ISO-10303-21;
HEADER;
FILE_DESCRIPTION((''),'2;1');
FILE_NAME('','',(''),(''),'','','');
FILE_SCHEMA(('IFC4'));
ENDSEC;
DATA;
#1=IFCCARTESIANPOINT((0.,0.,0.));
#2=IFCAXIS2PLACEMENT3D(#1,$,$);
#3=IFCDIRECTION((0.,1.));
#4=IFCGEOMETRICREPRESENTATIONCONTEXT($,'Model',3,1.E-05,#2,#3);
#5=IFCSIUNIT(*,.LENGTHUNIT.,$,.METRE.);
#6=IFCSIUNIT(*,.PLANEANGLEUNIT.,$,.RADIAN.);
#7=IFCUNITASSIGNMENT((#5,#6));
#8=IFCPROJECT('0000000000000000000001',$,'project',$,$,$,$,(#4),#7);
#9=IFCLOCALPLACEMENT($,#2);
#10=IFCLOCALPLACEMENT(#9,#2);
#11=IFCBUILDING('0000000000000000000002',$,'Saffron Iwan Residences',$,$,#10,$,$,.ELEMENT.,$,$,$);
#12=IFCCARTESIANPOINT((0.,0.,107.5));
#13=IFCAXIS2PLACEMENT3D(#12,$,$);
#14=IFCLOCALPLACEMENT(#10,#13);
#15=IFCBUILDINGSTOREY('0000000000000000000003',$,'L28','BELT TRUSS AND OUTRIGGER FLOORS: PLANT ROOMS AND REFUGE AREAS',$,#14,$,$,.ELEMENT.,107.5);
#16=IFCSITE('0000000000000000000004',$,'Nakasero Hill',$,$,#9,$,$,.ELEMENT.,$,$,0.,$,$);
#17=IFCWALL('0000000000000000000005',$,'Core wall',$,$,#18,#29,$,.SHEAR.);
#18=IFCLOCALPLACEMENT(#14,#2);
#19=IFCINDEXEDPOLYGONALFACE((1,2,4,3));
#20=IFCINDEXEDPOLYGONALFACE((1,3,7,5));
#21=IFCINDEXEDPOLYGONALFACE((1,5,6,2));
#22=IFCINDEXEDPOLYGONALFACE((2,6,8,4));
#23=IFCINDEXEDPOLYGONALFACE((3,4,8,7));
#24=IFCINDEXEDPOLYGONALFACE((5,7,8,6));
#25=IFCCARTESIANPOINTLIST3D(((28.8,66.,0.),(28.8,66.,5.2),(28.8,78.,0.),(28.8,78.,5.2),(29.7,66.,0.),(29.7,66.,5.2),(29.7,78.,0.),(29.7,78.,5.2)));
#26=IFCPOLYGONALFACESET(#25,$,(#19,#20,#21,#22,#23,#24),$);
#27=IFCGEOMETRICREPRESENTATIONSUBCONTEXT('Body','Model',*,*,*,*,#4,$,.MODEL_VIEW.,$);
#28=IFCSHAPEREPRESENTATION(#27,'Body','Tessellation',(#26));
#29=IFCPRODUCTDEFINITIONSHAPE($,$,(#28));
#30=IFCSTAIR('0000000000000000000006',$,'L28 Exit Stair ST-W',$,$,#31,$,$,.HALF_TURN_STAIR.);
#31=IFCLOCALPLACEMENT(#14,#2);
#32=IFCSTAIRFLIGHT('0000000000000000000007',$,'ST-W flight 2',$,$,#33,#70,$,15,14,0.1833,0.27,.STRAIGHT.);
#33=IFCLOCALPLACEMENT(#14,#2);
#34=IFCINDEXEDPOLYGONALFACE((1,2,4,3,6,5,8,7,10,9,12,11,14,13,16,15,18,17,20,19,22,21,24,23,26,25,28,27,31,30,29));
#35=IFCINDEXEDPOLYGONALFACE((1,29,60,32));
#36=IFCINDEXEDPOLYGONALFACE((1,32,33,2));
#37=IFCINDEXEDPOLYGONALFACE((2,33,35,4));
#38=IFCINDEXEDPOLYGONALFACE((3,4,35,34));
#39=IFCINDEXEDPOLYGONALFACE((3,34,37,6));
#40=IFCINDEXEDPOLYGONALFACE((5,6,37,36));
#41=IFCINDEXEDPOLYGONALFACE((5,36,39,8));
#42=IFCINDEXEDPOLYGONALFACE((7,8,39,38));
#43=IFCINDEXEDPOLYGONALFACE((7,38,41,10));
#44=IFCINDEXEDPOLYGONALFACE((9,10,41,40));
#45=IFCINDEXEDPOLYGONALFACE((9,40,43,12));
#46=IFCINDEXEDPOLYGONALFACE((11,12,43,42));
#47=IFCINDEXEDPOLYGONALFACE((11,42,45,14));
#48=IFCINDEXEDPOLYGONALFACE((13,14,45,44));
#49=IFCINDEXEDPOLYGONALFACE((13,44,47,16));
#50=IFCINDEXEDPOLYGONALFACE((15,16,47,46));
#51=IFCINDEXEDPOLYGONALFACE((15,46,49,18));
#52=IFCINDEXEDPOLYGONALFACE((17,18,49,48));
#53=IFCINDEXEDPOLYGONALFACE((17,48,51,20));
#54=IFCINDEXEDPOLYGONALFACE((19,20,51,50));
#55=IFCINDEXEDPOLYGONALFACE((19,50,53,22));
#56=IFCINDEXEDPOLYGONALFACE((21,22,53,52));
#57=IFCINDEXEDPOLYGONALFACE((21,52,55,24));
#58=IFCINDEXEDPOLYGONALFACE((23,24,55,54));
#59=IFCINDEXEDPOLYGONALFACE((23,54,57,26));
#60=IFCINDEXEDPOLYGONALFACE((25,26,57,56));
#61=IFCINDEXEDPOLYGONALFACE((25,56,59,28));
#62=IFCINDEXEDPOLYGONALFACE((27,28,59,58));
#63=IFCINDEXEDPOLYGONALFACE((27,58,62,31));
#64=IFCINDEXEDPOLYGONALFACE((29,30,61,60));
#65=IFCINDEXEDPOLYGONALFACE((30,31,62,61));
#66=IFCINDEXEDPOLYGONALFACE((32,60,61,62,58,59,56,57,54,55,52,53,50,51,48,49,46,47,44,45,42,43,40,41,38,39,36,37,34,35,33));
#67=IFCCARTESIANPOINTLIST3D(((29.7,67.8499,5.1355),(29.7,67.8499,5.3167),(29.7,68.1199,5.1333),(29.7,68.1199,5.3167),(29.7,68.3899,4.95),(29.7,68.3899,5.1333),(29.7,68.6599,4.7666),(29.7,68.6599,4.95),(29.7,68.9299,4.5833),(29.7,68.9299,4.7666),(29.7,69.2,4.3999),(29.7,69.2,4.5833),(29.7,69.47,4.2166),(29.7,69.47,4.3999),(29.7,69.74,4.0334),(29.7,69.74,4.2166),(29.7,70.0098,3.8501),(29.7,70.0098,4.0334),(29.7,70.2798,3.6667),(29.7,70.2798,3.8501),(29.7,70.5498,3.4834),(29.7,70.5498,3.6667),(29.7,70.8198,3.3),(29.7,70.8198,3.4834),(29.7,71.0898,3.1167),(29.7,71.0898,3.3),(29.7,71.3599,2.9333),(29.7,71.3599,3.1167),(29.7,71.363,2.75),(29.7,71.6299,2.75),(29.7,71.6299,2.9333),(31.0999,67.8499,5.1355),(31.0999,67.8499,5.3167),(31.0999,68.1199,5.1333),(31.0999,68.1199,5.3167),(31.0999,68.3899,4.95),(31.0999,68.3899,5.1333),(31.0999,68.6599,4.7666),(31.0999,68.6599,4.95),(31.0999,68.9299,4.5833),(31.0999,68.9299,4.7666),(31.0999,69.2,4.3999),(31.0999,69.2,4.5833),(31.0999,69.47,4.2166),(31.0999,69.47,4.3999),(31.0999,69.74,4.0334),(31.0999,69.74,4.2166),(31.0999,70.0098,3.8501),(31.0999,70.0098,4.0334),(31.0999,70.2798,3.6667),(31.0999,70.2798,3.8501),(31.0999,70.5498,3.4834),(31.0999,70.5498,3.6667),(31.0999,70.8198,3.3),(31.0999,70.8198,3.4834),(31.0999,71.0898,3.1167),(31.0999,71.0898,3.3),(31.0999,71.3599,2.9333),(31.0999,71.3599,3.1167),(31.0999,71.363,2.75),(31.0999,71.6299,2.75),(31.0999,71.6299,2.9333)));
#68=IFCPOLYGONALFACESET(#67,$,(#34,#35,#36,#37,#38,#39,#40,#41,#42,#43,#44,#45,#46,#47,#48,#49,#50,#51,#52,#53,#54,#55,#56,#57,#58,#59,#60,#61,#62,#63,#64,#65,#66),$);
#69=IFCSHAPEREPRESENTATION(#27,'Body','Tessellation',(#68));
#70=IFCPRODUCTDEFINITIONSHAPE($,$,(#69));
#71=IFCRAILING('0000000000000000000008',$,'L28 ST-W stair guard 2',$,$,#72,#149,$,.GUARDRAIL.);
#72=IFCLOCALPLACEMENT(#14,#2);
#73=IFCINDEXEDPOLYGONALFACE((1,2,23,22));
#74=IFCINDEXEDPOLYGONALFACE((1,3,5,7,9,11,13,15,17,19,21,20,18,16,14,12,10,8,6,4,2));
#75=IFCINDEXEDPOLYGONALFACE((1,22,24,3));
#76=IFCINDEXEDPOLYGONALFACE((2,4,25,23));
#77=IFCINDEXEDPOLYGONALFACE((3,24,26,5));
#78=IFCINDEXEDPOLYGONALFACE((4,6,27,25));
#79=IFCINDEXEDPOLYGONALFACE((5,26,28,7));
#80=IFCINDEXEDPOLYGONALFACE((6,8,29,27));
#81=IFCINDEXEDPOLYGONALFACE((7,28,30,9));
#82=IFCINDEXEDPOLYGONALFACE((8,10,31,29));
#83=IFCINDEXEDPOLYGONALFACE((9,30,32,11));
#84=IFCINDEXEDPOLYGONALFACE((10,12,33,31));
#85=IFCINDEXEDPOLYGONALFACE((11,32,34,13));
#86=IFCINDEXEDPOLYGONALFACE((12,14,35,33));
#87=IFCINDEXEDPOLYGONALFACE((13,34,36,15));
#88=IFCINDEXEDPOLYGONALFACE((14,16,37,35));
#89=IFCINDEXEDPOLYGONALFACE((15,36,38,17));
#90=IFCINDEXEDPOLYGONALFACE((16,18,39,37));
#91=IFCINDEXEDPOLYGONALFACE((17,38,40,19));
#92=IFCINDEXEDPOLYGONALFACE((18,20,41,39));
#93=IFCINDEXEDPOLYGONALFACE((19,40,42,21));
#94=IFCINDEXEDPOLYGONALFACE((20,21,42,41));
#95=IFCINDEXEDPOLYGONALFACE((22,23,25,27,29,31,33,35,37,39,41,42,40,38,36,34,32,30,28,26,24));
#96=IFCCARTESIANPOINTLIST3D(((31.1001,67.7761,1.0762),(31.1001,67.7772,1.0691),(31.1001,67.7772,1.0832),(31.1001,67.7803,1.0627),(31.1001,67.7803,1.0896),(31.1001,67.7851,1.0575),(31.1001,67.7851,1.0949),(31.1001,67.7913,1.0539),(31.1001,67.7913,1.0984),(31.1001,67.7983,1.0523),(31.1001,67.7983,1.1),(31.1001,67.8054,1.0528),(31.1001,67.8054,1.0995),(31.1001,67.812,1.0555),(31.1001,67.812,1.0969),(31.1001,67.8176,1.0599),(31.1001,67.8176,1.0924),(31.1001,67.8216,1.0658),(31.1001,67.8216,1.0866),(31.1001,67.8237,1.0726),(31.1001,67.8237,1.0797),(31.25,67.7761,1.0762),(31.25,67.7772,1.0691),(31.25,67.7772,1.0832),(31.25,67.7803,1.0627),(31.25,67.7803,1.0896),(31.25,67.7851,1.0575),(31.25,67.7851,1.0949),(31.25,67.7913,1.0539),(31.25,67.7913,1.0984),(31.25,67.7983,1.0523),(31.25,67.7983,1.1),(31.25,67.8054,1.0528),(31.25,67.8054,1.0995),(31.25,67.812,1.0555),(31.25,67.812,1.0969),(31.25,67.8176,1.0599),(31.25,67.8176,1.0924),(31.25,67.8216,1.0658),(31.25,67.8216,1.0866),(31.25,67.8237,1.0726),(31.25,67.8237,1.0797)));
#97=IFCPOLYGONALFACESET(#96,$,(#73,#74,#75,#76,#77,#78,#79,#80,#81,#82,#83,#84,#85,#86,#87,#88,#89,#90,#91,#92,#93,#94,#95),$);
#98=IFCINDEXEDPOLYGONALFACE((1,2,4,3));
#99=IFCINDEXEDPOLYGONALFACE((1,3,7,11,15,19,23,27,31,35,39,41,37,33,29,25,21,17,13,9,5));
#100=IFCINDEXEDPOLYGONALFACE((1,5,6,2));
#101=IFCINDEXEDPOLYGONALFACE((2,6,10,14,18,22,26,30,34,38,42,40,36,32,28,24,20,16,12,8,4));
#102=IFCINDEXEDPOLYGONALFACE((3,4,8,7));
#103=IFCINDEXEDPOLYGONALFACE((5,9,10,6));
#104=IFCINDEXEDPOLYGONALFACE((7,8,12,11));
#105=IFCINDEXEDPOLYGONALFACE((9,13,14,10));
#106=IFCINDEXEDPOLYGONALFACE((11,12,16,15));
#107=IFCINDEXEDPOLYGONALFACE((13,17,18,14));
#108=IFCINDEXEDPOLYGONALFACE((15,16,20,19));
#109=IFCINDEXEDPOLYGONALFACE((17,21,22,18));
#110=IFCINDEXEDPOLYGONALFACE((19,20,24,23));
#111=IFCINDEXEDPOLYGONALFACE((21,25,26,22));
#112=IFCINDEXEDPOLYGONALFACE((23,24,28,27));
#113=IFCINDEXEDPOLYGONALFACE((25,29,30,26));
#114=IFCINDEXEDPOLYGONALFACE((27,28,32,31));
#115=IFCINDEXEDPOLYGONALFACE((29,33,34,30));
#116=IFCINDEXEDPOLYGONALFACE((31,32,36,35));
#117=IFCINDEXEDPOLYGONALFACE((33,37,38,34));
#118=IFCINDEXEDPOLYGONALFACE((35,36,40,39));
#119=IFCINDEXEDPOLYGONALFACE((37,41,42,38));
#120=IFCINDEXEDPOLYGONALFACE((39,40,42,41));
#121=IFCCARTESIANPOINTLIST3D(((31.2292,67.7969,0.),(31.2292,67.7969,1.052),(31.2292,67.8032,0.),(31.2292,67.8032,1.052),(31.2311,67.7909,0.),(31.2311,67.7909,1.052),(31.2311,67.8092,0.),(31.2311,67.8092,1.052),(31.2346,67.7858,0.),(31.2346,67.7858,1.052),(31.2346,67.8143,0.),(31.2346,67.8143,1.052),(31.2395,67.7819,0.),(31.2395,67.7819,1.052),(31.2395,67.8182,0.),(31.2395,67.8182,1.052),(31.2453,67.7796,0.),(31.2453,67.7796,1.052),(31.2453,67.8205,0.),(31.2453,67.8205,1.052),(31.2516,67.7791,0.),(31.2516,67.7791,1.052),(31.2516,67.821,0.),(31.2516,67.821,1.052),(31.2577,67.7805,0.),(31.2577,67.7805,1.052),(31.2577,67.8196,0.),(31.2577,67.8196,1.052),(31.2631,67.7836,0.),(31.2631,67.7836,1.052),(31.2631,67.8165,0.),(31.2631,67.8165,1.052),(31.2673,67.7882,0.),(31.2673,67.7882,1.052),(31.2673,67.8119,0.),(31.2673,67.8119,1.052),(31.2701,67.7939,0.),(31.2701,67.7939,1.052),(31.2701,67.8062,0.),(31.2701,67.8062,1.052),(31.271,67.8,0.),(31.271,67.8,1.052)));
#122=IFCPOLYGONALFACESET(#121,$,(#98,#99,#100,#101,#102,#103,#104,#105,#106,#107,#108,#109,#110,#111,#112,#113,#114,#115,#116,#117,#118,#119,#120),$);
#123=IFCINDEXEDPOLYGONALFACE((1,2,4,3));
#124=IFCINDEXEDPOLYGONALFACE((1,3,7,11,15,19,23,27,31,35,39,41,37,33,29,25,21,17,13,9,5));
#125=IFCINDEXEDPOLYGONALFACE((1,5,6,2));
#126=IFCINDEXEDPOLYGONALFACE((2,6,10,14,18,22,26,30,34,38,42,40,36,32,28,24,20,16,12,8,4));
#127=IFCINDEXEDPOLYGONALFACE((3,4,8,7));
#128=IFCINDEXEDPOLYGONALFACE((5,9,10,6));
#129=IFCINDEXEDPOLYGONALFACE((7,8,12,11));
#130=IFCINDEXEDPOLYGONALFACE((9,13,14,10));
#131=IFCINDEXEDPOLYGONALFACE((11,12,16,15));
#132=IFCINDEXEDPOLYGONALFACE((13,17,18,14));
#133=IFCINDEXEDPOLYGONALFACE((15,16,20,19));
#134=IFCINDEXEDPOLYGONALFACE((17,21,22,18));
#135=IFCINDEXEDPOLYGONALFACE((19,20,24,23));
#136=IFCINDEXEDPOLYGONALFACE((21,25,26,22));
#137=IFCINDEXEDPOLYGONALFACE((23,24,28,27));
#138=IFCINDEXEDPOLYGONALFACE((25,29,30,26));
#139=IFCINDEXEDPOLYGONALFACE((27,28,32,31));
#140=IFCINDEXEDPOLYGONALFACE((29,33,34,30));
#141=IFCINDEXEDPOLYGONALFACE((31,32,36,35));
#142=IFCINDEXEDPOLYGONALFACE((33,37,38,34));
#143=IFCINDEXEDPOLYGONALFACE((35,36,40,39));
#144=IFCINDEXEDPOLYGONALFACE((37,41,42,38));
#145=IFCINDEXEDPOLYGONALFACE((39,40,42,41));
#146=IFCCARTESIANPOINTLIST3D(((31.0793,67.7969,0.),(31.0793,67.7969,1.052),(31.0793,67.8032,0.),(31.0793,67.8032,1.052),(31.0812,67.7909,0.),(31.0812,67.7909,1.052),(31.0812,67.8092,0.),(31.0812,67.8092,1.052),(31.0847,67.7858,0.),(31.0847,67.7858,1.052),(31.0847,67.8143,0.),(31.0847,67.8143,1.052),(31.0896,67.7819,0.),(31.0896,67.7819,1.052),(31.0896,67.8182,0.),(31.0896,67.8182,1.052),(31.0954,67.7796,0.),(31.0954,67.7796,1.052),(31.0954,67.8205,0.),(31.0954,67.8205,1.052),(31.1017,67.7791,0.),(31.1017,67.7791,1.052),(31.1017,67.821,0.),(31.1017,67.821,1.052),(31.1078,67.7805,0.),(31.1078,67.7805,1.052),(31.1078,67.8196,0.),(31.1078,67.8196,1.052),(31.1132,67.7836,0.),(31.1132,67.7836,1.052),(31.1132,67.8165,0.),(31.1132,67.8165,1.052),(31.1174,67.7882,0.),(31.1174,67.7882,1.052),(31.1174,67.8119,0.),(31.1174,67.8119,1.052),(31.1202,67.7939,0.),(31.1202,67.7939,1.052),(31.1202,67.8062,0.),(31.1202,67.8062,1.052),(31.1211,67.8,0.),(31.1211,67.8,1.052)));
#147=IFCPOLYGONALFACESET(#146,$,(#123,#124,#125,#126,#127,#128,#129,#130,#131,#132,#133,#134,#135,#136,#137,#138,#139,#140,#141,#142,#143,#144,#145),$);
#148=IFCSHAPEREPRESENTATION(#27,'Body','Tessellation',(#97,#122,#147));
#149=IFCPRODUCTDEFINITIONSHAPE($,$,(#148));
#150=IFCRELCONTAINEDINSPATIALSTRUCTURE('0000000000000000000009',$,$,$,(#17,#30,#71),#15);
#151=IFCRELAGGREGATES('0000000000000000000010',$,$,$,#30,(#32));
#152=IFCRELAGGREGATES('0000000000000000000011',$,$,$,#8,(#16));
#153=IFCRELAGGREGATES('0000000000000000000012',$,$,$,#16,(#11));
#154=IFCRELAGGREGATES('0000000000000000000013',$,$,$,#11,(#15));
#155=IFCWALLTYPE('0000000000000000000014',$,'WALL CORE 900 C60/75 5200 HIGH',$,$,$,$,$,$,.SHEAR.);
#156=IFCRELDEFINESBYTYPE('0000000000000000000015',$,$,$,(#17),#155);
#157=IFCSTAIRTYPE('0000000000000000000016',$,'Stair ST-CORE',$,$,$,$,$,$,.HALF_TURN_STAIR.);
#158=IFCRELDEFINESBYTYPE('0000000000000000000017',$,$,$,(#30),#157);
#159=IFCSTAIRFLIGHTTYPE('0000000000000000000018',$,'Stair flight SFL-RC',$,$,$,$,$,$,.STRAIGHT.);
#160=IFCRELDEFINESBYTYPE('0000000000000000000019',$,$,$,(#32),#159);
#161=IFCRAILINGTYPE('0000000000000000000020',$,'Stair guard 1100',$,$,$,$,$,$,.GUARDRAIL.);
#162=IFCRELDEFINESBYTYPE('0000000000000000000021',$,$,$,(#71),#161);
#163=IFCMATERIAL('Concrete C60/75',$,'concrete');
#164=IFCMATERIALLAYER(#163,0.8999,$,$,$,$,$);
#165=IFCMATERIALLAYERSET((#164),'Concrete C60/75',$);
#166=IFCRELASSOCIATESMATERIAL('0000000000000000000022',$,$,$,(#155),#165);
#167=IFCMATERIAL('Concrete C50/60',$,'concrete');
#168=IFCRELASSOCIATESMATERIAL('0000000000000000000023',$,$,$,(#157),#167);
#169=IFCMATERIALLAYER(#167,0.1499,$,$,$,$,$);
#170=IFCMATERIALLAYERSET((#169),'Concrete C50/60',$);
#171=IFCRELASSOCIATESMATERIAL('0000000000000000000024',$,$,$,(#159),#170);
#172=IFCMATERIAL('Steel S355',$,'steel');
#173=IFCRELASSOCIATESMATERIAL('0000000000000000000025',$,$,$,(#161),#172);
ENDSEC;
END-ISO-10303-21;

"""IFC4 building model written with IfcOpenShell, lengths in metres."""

from ifc_helpers import new_model, si_unit, direction, frame, frame_2d, origin, origin_2d, place, context, subcontext, project, spatial, polyline, rectangle, circle, outline, extrude, material, layer, layer_set, type_object, element, aggregate, save


model = new_model("IFC4")

# Units and contexts
model_context = context("Model", 3, precision=1e-05, world=origin(), true_north=direction((0.0, 1.0)))
body_context = subcontext(model_context, "Body", "Model", "MODEL_VIEW")
ifc_project = project(units=[si_unit("LENGTHUNIT", "METRE"), si_unit("PLANEANGLEUNIT", "RADIAN")], contexts=[model_context])

# Site, building, storey
site_placement = place(None, origin())
site = spatial("IfcSite", under=ifc_project, at=site_placement, Name="Nakasero Hill", CompositionType="ELEMENT", RefElevation=0.0)
building_placement = place(site_placement, origin())
building = spatial("IfcBuilding", under=site, at=building_placement, Name="Saffron Iwan Residences", CompositionType="ELEMENT")
storey_placement = place(building_placement, frame((0.0, 0.0, 107.5)))
storey = spatial("IfcBuildingStorey", under=building, at=storey_placement, Name="L28", Description="BELT TRUSS AND OUTRIGGER FLOORS: PLANT ROOMS AND REFUGE AREAS", CompositionType="ELEMENT", Elevation=107.5)

# Shared definitions
ifc_material_1 = material(Name="Concrete C60/75", Category="concrete")

# Shared definitions
ifc_material_2 = material(Name="Steel S355", Category="steel")

# Wall
ifc_layer_1 = layer(ifc_material_1, 0.8999)
ifc_layer_set_1 = layer_set([ifc_layer_1], Name="Concrete C60/75")
wall_type_1 = type_object("IfcWallType", Name="WALL CORE 900 C60/75 5200 HIGH", PredefinedType="SHEAR", material=ifc_layer_set_1)
wall_1_placement = place(storey_placement, frame((29.25, 66.0, 0.0), z_axis=(0.0, 0.0, 1.0), x_axis=(0.0, 1.0, 0.0)))
element("IfcWall", 1, at=wall_1_placement, inside=storey, type_object=wall_type_1, Name="Core wall", PredefinedType="SHEAR", context=body_context, shape_type="SweptSolid", body=[
    extrude(rectangle(XDim=12.0, YDim=0.8999, at=frame_2d((6.0, 0.0))), origin(), (0.0, 0.0, 1.0), 5.2),
])

# Stair, stair flight
ifc_material_3 = material(Name="Concrete C50/60", Category="concrete")
stair_type = type_object("IfcStairType", Name="Stair ST-CORE", PredefinedType="HALF_TURN_STAIR", material=ifc_material_3)
stair_placement = place(storey_placement, origin())
stair = element("IfcStair", 2, at=stair_placement, inside=storey, type_object=stair_type, Name="L28 Exit Stair ST-W", PredefinedType="HALF_TURN_STAIR")
ifc_layer_2 = layer(ifc_material_3, 0.1499)
ifc_layer_set_2 = layer_set([ifc_layer_2], Name="Concrete C50/60")
stair_flight_type = type_object("IfcStairFlightType", Name="Stair flight SFL-RC", PredefinedType="STRAIGHT", material=ifc_layer_set_2)
stair_flight_placement = place(storey_placement, frame((30.3999, 71.6299, 2.75), z_axis=(0.0, 0.0, 1.0), x_axis=(0.0, -1.0, 0.0)))
stair_flight = element("IfcStairFlight", 3, at=stair_flight_placement, type_object=stair_flight_type, Name="ST-W flight 2", NumberOfRisers=15, NumberOfTreads=14, PredefinedType="STRAIGHT", RiserHeight=0.1833, TreadLength=0.27, context=body_context, shape_type="SweptSolid", body=[
    extrude(outline(polyline([(0.0, 0.0), (0.0, 0.1833), (0.27, 0.1833), (0.27, 0.3667), (0.54, 0.3667), (0.54, 0.55), (0.8101, 0.55), (0.8101, 0.7334), (1.0801, 0.7334), (1.0801, 0.9167), (1.3501, 0.9167), (1.3501, 1.1001), (1.6201, 1.1001), (1.6201, 1.2834), (1.8899, 1.2834), (1.8899, 1.4666), (2.1599, 1.4666), (2.1599, 1.6499), (2.4299, 1.6499), (2.4299, 1.8333), (2.7, 1.8333), (2.7, 2.0166), (2.97, 2.0166), (2.97, 2.2), (3.24, 2.2), (3.24, 2.3833), (3.51, 2.3833), (3.51, 2.5667), (3.78, 2.5667), (3.78, 2.75), (3.78, 2.3855), (0.2668, 0.0), (0.0, 0.0)])), frame((0.0, 0.7, 0.0), z_axis=(0.0, -1.0, 0.0), x_axis=(1.0, 0.0, 0.0)), (0.0, 0.0, 1.0), 1.3999),
])
aggregate(stair, [stair_flight])

# Railing
railing_type_1 = type_object("IfcRailingType", Name="Stair guard 1100", PredefinedType="GUARDRAIL", material=ifc_material_2)
railing_1_placement = place(storey_placement, frame((31.25, 67.8, 0.0)))
element("IfcRailing", 4, at=railing_1_placement, inside=storey, type_object=railing_type_1, Name="L28 ST-W stair guard 2", PredefinedType="GUARDRAIL", context=body_context, shape_type="SweptSolid", body=[
    extrude(circle(Radius=0.0239, at=origin_2d()), frame((0.0, 0.0, 1.0762), z_axis=(-1.0, 0.0, 0.0), x_axis=(0.0, -1.0, 0.0)), (0.0, 0.0, 1.0), 0.1499),
    extrude(circle(Radius=0.021, at=origin_2d()), origin(), (0.0, 0.0, 1.0), 1.052),
    extrude(circle(Radius=0.021, at=origin_2d()), frame((-0.1499, 0.0, 0.0)), (0.0, 0.0, 1.0), 1.052),
])

save(model, "model.ifc")
